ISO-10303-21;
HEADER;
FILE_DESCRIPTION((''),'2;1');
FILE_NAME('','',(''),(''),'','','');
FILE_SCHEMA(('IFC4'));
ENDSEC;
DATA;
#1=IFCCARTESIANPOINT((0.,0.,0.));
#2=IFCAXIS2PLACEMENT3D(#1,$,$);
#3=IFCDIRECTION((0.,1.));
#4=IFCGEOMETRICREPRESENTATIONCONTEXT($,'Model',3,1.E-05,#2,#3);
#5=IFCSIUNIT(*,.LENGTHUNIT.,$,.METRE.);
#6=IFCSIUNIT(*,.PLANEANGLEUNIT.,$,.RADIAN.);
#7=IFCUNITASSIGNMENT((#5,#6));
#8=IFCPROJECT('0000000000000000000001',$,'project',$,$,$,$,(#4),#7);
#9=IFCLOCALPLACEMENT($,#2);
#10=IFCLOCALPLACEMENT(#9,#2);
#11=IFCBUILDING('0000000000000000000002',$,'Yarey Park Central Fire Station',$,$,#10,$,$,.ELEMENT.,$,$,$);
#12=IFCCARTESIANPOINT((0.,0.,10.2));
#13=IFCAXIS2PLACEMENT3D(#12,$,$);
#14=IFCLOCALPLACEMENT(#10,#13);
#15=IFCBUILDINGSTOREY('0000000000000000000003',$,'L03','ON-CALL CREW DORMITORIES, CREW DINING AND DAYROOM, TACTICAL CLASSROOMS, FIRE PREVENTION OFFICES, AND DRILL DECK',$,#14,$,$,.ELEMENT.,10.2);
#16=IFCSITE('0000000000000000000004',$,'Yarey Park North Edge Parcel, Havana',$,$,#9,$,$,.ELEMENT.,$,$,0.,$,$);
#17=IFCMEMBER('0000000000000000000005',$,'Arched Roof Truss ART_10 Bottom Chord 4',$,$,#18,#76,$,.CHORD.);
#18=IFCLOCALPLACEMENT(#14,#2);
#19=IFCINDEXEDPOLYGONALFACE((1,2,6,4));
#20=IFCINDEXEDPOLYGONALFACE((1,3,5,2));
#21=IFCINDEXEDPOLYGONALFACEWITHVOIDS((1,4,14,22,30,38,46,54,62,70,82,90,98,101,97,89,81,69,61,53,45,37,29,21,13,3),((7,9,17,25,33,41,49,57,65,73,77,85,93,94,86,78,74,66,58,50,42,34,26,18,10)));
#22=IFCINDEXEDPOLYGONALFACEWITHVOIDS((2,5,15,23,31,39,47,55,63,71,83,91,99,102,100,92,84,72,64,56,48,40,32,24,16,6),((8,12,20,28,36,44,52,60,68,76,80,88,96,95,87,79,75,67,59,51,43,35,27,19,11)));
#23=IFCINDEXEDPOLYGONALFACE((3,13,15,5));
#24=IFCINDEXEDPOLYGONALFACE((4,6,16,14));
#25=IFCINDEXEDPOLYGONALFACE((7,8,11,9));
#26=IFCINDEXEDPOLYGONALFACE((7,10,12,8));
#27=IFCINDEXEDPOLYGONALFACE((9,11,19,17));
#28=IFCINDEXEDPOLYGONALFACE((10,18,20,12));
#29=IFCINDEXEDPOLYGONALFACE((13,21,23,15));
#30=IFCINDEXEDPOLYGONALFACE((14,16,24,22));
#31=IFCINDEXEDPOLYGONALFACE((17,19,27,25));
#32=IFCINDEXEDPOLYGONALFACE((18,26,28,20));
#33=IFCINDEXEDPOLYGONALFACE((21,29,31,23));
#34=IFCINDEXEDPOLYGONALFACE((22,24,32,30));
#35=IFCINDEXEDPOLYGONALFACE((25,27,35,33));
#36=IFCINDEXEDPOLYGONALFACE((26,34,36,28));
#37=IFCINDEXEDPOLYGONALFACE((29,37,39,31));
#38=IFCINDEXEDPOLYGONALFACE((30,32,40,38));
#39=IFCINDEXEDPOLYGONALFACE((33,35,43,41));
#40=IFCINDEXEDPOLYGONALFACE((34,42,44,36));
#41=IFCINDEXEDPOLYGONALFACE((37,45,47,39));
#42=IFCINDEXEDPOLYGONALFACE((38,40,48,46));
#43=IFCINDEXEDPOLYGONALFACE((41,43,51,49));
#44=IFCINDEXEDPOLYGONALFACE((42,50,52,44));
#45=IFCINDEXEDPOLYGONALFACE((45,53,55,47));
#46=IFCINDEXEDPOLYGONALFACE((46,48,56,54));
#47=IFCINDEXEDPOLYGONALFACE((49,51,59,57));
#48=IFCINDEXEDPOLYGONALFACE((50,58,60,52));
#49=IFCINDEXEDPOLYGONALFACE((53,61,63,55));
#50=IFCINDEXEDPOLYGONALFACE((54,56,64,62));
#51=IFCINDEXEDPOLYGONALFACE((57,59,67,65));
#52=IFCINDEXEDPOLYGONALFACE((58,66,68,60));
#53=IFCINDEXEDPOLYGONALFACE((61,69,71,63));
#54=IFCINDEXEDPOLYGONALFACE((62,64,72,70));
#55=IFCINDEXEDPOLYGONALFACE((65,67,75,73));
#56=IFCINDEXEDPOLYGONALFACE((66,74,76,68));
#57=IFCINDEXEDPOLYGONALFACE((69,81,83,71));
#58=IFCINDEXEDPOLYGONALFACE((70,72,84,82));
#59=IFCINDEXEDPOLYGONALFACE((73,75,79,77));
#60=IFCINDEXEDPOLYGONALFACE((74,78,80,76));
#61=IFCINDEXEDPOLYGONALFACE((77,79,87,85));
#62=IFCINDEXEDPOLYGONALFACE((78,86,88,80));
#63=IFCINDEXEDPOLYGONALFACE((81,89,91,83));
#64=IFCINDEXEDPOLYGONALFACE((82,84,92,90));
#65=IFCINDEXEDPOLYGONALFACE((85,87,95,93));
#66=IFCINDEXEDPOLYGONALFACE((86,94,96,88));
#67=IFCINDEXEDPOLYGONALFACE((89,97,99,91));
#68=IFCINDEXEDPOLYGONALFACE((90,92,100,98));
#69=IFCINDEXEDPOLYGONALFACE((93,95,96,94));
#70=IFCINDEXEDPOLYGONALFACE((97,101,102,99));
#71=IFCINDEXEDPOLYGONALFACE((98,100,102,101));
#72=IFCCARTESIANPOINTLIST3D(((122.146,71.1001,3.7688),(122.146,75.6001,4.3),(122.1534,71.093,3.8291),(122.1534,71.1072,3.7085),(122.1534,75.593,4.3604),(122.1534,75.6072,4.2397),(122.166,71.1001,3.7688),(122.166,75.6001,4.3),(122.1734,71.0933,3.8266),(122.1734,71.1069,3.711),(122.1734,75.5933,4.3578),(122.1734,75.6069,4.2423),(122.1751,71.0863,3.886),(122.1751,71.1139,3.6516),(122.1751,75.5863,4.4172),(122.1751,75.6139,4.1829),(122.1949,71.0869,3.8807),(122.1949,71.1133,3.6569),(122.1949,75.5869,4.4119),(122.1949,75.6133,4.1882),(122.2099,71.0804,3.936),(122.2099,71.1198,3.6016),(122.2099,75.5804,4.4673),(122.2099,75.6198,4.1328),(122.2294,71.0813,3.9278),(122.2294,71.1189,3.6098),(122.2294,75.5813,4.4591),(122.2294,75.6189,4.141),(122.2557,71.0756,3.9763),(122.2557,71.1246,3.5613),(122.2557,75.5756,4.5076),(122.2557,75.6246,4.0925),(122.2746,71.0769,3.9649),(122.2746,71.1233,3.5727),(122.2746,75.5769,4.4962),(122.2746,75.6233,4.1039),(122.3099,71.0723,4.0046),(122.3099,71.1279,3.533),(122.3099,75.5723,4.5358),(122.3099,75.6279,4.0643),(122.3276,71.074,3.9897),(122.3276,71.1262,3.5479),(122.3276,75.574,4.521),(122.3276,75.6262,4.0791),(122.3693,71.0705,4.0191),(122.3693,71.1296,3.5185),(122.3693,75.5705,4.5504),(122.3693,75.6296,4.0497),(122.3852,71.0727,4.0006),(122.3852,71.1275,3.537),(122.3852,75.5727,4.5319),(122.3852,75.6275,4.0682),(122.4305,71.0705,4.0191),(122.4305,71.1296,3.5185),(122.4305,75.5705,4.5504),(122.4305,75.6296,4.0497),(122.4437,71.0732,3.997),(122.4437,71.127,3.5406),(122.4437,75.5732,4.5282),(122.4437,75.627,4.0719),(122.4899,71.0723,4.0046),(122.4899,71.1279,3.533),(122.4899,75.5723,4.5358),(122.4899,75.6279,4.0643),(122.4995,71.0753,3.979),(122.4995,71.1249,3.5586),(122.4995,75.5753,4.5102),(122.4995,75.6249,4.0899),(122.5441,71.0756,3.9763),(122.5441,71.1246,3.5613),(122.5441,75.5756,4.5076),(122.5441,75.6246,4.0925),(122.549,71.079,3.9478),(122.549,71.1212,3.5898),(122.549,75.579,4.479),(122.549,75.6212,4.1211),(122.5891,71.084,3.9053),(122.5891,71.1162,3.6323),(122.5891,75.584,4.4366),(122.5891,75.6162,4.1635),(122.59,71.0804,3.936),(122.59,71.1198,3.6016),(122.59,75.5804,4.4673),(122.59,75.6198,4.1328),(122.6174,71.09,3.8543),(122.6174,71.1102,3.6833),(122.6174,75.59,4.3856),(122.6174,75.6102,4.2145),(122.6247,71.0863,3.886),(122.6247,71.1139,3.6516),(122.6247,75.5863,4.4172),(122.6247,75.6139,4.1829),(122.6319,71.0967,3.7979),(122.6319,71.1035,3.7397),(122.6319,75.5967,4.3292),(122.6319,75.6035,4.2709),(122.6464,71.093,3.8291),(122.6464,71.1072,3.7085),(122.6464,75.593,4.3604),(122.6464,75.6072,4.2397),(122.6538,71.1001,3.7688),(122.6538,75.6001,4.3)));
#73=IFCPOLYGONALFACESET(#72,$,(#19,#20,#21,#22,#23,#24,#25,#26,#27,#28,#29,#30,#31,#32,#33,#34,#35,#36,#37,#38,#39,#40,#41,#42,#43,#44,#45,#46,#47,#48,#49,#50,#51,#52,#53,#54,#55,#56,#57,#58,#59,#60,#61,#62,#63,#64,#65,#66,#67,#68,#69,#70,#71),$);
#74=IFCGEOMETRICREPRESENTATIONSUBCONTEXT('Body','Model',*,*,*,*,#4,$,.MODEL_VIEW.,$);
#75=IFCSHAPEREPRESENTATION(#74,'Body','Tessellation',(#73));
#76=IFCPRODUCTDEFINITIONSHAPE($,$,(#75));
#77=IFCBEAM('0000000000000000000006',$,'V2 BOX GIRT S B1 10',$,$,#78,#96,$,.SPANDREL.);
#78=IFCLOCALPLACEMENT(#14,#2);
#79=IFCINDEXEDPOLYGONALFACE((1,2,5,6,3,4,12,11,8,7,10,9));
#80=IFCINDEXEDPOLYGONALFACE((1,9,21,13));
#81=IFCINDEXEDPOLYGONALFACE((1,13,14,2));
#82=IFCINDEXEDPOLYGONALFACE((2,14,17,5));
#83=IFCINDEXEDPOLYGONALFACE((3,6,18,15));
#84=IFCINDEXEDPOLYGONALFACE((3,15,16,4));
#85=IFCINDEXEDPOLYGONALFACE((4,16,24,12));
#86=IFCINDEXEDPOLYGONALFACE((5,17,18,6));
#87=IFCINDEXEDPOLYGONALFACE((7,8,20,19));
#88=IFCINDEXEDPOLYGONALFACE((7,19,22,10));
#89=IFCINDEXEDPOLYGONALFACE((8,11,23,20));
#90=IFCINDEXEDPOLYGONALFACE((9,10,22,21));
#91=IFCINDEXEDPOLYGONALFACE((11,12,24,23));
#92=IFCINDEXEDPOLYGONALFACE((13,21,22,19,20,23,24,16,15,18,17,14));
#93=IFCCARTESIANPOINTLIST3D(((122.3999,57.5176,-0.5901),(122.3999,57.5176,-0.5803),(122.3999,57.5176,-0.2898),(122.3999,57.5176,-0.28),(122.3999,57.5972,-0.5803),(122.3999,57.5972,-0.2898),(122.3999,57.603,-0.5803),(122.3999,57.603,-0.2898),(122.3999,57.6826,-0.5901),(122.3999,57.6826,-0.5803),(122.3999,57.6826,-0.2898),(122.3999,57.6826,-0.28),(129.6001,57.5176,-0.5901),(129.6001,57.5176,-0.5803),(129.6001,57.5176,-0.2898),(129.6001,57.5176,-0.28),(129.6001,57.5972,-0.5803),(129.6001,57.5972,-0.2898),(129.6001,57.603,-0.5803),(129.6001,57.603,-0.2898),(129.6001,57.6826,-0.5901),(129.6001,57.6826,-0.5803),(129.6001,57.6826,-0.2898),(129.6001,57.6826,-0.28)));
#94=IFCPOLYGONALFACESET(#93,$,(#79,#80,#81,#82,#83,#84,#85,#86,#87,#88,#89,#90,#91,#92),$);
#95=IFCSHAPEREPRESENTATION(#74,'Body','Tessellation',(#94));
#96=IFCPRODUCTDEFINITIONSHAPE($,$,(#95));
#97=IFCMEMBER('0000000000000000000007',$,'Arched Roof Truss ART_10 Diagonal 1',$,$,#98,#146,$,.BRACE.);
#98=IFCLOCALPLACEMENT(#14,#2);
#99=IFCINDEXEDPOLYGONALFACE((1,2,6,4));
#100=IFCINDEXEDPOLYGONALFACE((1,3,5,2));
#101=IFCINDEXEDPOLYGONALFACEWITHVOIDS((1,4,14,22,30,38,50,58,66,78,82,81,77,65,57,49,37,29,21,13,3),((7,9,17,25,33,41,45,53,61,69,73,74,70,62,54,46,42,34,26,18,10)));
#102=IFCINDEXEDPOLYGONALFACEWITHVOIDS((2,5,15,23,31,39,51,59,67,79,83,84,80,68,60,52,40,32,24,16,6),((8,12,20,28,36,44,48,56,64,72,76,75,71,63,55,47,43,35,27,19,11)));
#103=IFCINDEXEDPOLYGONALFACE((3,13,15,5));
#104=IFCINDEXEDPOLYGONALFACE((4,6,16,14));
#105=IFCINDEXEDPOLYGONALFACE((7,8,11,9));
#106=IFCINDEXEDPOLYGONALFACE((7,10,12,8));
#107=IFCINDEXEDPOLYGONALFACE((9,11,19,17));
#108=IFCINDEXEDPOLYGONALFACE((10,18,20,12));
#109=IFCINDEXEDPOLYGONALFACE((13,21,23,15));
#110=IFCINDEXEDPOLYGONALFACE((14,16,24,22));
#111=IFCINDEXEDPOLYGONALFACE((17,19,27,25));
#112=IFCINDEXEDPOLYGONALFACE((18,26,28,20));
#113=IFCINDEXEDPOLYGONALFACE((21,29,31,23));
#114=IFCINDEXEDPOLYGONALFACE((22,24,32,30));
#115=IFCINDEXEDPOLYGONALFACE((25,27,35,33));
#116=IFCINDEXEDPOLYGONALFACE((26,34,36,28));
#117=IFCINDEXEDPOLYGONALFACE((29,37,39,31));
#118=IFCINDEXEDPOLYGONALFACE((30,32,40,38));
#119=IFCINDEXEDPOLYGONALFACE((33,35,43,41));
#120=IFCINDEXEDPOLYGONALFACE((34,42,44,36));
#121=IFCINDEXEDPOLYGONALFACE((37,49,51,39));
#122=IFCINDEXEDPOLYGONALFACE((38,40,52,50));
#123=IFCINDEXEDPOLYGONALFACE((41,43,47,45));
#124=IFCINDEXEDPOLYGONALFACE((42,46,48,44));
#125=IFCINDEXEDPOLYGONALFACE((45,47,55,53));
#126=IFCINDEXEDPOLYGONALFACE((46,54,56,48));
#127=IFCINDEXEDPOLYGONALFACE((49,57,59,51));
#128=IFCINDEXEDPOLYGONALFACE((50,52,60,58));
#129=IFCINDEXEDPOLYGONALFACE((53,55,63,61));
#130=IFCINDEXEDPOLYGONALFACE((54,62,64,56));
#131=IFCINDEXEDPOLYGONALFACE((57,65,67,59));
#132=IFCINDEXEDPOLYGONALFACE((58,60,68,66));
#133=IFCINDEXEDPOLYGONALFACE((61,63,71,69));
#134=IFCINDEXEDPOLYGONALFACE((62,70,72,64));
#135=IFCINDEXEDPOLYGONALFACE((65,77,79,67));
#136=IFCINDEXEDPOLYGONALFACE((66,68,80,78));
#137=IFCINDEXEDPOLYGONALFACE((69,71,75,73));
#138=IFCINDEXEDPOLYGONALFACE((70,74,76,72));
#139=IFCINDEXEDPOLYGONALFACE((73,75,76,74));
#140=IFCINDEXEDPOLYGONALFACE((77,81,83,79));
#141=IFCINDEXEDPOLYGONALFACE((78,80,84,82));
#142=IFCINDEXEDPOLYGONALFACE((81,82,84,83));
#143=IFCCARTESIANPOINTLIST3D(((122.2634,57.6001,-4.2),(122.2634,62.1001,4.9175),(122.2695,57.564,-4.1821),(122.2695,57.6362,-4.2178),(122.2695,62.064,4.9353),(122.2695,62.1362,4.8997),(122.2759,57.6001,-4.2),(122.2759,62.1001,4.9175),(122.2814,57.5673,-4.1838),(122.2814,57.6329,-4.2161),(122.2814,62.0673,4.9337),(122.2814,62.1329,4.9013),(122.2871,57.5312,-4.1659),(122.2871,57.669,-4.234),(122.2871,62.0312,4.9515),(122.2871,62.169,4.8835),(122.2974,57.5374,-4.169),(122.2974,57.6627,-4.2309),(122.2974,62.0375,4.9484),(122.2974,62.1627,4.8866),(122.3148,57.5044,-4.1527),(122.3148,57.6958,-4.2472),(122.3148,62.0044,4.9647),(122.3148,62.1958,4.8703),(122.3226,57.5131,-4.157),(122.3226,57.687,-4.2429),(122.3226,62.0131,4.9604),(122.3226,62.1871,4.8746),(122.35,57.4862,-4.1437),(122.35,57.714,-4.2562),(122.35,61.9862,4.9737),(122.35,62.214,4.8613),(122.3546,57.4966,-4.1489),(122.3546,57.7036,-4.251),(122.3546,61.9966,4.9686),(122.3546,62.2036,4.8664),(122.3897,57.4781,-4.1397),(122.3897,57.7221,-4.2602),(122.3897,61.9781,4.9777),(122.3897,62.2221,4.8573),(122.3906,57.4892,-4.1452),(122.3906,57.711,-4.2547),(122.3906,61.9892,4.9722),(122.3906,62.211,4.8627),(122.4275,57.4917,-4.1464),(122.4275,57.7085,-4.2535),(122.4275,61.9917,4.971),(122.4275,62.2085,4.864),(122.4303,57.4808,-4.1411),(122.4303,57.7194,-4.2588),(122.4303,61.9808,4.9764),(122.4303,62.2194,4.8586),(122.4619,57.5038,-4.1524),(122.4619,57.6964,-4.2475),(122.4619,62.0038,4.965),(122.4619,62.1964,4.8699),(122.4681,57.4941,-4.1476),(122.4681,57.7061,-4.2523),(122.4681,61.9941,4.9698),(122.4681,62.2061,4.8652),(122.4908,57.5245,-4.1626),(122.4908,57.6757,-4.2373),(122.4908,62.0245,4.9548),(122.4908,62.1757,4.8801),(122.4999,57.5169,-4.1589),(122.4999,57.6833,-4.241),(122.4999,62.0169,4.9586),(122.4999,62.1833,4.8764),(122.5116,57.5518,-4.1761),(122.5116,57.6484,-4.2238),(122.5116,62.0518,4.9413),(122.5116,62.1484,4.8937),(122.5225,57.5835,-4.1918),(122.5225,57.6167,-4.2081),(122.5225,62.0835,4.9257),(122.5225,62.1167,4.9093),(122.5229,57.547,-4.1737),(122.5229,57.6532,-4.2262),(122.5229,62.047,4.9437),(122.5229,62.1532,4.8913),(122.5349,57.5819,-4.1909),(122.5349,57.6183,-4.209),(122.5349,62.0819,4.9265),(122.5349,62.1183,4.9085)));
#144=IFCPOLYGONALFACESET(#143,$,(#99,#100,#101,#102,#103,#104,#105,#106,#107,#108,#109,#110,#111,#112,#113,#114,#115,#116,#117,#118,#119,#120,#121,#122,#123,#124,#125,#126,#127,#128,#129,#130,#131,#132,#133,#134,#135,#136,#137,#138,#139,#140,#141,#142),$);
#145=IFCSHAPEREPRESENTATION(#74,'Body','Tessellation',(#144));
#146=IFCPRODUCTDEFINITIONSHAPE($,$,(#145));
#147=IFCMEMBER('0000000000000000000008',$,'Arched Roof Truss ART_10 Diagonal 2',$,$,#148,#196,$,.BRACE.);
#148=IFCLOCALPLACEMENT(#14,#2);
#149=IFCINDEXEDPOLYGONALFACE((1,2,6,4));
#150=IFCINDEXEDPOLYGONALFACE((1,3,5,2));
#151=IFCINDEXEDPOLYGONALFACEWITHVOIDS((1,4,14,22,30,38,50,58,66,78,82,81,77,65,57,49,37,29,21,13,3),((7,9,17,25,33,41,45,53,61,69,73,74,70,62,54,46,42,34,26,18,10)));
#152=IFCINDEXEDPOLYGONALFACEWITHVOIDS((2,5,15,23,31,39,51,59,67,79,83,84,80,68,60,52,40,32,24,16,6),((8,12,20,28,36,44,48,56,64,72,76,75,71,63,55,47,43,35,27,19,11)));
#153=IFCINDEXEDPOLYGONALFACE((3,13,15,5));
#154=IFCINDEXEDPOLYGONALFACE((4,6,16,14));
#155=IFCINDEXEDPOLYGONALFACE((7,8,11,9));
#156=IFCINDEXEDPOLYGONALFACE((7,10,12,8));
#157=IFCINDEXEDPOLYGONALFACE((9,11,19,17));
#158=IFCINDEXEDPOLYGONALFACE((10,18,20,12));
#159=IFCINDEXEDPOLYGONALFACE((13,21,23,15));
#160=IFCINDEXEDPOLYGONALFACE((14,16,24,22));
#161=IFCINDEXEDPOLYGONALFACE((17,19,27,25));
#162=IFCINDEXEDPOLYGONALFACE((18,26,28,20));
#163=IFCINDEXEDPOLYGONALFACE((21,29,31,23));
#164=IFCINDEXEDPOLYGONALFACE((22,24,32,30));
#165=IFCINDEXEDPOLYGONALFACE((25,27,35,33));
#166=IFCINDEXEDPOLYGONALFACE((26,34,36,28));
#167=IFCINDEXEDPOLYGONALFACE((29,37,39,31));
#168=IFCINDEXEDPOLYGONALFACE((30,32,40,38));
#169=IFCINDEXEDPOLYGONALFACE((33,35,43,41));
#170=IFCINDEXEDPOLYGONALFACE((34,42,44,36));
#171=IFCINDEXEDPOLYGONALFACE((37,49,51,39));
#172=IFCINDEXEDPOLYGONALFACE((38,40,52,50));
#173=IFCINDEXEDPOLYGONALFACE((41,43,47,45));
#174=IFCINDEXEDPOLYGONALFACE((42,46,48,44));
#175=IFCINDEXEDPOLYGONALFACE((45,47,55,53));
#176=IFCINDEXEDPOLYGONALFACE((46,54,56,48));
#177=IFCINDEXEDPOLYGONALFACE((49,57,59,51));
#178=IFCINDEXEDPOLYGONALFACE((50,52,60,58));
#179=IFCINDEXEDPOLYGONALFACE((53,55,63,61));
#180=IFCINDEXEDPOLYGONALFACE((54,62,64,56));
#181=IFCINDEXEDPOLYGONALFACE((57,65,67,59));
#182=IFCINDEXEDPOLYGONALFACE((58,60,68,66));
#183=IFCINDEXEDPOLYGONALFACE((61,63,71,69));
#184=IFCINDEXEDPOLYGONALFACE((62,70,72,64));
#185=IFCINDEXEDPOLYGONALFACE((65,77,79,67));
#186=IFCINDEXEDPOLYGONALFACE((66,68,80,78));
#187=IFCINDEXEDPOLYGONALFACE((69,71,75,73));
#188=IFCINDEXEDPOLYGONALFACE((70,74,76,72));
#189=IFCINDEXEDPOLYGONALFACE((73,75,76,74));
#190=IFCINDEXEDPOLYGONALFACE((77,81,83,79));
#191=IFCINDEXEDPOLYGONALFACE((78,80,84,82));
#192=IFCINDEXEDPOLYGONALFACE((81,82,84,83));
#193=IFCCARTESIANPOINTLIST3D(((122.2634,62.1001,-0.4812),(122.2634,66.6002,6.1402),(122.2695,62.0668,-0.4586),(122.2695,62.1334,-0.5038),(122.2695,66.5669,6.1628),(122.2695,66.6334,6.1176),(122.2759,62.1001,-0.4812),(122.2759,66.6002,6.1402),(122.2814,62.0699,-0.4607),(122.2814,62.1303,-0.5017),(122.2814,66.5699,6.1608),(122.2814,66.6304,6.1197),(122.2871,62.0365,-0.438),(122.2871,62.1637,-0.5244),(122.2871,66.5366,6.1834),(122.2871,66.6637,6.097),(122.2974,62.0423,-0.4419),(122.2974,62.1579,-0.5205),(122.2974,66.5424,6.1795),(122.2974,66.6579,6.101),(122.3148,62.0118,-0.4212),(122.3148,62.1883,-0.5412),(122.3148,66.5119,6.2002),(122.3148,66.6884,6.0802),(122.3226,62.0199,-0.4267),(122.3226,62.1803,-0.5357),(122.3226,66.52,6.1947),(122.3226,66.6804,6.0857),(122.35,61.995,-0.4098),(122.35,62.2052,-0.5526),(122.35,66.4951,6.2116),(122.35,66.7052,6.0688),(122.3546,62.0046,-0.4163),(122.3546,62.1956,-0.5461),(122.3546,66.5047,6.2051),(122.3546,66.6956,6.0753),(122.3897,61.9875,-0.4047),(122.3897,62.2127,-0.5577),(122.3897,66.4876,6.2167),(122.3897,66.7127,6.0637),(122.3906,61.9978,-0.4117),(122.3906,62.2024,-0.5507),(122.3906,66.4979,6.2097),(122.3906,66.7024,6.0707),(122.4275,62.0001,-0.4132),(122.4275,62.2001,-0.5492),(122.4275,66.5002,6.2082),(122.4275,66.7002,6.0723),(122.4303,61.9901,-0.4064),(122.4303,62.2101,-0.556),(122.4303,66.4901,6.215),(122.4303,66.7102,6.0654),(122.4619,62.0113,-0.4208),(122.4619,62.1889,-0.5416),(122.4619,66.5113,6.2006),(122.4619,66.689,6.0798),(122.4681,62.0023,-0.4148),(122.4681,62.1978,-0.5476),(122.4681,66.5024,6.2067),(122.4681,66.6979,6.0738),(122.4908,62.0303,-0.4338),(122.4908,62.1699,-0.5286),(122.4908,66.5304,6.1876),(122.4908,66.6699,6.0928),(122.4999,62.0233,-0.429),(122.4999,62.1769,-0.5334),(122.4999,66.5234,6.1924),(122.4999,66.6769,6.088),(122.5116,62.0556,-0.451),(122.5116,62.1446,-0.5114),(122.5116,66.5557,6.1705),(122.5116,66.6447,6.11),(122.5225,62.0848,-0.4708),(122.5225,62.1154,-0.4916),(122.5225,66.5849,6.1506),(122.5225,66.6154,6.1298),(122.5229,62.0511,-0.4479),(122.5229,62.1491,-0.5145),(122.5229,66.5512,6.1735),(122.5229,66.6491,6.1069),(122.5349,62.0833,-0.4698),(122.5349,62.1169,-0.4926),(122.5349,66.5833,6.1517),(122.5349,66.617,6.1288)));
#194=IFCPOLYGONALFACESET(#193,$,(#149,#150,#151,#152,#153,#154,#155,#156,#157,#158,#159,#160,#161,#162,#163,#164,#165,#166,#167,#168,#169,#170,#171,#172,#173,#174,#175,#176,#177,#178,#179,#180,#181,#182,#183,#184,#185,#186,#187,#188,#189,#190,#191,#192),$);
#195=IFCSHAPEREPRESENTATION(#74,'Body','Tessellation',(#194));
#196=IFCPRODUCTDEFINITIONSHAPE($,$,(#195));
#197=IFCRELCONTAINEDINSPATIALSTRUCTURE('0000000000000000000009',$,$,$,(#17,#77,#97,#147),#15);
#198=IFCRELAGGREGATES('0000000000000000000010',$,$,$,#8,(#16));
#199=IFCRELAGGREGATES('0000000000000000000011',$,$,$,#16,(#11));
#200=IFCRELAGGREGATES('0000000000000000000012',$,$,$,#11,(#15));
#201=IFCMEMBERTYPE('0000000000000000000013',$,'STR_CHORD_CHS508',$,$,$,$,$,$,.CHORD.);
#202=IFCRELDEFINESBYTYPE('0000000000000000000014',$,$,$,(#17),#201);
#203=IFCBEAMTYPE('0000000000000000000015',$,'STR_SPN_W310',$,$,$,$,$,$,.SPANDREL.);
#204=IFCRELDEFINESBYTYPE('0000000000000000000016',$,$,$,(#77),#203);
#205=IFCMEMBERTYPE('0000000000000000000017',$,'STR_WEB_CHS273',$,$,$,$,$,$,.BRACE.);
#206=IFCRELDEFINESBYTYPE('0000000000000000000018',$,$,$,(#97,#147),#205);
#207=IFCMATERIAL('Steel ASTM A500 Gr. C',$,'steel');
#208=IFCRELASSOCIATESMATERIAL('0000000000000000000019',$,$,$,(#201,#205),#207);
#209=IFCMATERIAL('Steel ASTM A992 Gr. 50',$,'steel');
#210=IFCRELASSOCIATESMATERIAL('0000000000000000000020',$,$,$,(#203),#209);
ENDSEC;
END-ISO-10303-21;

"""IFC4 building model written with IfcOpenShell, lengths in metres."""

from ifc_helpers import new_model, si_unit, direction, frame, origin, origin_2d, place, context, subcontext, project, spatial, hollow_circle, i_section, extrude, material, material_profile, profile_set, type_object, element, save


model = new_model("IFC4")

# Units and contexts
model_context = context("Model", 3, precision=1e-05, world=origin(), true_north=direction((0.0, 1.0)))
body_context = subcontext(model_context, "Body", "Model", "MODEL_VIEW")
ifc_project = project(units=[si_unit("LENGTHUNIT", "METRE"), si_unit("PLANEANGLEUNIT", "RADIAN")], contexts=[model_context])

# Site, building, storey
site_placement = place(None, origin())
site = spatial("IfcSite", under=ifc_project, at=site_placement, Name="Yarey Park North Edge Parcel, Havana", CompositionType="ELEMENT", RefElevation=0.0)
building_placement = place(site_placement, origin())
building = spatial("IfcBuilding", under=site, at=building_placement, Name="Yarey Park Central Fire Station", CompositionType="ELEMENT")
storey_placement = place(building_placement, frame((0.0, 0.0, 10.2)))
storey = spatial("IfcBuildingStorey", under=building, at=storey_placement, Name="L03", Description="ON-CALL CREW DORMITORIES, CREW DINING AND DAYROOM, TACTICAL CLASSROOMS, FIRE PREVENTION OFFICES, AND DRILL DECK", CompositionType="ELEMENT", Elevation=10.2)

# Shared definitions
ifc_material_1 = material(Name="Steel ASTM A992 Gr. 50", Category="steel")

# Member
ifc_material_2 = material(Name="Steel ASTM A500 Gr. C", Category="steel")
ifc_material_profile_1 = material_profile(ifc_material_2, hollow_circle(Radius=0.2539, WallThickness=0.02, at=origin_2d()), Name="CHS 508x20")
ifc_profile_set_1 = profile_set([ifc_material_profile_1], Name="Steel ASTM A500 Gr. C")
member_type_1 = type_object("IfcMemberType", Name="STR_CHORD_CHS508", PredefinedType="CHORD", material=ifc_profile_set_1)
member_1_placement = place(storey_placement, frame((122.3999, 71.1001, 3.7688), z_axis=(0.0, 0.993103, 0.117241), x_axis=(-1.0, 0.0, 0.0)))
element("IfcMember", 1, at=member_1_placement, inside=storey, type_object=member_type_1, Name="Arched Roof Truss ART_10 Bottom Chord 4", PredefinedType="CHORD", context=body_context, shape_type="SweptSolid", body=[
    extrude(hollow_circle(Radius=0.2539, WallThickness=0.02, at=origin_2d()), origin(), (0.0, 0.0, 1.0), 4.5312),
])

# Beam
ifc_material_profile_2 = material_profile(ifc_material_1, i_section(OverallWidth=0.165, OverallDepth=0.3101, WebThickness=0.0059, FlangeThickness=0.0098, at=origin_2d()), Name="W310x39")
ifc_profile_set_2 = profile_set([ifc_material_profile_2], Name="Steel ASTM A992 Gr. 50")
beam_type_1 = type_object("IfcBeamType", Name="STR_SPN_W310", PredefinedType="SPANDREL", material=ifc_profile_set_2)
beam_1_placement = place(storey_placement, frame((122.3999, 57.6001, -0.4351), z_axis=(1.0, 0.0, 0.0), x_axis=(0.0, 1.0, 0.0)))
element("IfcBeam", 2, at=beam_1_placement, inside=storey, type_object=beam_type_1, Name="V2 BOX GIRT S B1 10", PredefinedType="SPANDREL", context=body_context, shape_type="SweptSolid", body=[
    extrude(i_section(OverallWidth=0.165, OverallDepth=0.3101, WebThickness=0.0059, FlangeThickness=0.0098, at=origin_2d()), origin(), (0.0, 0.0, 1.0), 7.2002),
])

# Members
ifc_material_profile_3 = material_profile(ifc_material_2, hollow_circle(Radius=0.1365, WallThickness=0.0125, at=origin_2d()), Name="CHS 273x12.5")
ifc_profile_set_3 = profile_set([ifc_material_profile_3], Name="Steel ASTM A500 Gr. C")
member_type_2 = type_object("IfcMemberType", Name="STR_WEB_CHS273", PredefinedType="BRACE", material=ifc_profile_set_3)
member_2_placement = place(storey_placement, frame((122.3999, 57.6001, -4.2), z_axis=(0.0, 0.442588, 0.896725), x_axis=(-1.0, 0.0, 0.0)))
element("IfcMember", 3, at=member_2_placement, inside=storey, type_object=member_type_2, Name="Arched Roof Truss ART_10 Diagonal 1", PredefinedType="BRACE", context=body_context, shape_type="SweptSolid", body=[
    extrude(hollow_circle(Radius=0.1365, WallThickness=0.0125, at=origin_2d()), origin(), (0.0, 0.0, 1.0), 10.1675),
])
member_3_placement = place(storey_placement, frame((122.3999, 62.1001, -0.4812), z_axis=(0.0, 0.562096, 0.827072), x_axis=(-1.0, 0.0, 0.0)))
element("IfcMember", 4, at=member_3_placement, inside=storey, type_object=member_type_2, Name="Arched Roof Truss ART_10 Diagonal 2", PredefinedType="BRACE", context=body_context, shape_type="SweptSolid", body=[
    extrude(hollow_circle(Radius=0.1365, WallThickness=0.0125, at=origin_2d()), origin(), (0.0, 0.0, 1.0), 8.0059),
])

save(model, "model.ifc")
